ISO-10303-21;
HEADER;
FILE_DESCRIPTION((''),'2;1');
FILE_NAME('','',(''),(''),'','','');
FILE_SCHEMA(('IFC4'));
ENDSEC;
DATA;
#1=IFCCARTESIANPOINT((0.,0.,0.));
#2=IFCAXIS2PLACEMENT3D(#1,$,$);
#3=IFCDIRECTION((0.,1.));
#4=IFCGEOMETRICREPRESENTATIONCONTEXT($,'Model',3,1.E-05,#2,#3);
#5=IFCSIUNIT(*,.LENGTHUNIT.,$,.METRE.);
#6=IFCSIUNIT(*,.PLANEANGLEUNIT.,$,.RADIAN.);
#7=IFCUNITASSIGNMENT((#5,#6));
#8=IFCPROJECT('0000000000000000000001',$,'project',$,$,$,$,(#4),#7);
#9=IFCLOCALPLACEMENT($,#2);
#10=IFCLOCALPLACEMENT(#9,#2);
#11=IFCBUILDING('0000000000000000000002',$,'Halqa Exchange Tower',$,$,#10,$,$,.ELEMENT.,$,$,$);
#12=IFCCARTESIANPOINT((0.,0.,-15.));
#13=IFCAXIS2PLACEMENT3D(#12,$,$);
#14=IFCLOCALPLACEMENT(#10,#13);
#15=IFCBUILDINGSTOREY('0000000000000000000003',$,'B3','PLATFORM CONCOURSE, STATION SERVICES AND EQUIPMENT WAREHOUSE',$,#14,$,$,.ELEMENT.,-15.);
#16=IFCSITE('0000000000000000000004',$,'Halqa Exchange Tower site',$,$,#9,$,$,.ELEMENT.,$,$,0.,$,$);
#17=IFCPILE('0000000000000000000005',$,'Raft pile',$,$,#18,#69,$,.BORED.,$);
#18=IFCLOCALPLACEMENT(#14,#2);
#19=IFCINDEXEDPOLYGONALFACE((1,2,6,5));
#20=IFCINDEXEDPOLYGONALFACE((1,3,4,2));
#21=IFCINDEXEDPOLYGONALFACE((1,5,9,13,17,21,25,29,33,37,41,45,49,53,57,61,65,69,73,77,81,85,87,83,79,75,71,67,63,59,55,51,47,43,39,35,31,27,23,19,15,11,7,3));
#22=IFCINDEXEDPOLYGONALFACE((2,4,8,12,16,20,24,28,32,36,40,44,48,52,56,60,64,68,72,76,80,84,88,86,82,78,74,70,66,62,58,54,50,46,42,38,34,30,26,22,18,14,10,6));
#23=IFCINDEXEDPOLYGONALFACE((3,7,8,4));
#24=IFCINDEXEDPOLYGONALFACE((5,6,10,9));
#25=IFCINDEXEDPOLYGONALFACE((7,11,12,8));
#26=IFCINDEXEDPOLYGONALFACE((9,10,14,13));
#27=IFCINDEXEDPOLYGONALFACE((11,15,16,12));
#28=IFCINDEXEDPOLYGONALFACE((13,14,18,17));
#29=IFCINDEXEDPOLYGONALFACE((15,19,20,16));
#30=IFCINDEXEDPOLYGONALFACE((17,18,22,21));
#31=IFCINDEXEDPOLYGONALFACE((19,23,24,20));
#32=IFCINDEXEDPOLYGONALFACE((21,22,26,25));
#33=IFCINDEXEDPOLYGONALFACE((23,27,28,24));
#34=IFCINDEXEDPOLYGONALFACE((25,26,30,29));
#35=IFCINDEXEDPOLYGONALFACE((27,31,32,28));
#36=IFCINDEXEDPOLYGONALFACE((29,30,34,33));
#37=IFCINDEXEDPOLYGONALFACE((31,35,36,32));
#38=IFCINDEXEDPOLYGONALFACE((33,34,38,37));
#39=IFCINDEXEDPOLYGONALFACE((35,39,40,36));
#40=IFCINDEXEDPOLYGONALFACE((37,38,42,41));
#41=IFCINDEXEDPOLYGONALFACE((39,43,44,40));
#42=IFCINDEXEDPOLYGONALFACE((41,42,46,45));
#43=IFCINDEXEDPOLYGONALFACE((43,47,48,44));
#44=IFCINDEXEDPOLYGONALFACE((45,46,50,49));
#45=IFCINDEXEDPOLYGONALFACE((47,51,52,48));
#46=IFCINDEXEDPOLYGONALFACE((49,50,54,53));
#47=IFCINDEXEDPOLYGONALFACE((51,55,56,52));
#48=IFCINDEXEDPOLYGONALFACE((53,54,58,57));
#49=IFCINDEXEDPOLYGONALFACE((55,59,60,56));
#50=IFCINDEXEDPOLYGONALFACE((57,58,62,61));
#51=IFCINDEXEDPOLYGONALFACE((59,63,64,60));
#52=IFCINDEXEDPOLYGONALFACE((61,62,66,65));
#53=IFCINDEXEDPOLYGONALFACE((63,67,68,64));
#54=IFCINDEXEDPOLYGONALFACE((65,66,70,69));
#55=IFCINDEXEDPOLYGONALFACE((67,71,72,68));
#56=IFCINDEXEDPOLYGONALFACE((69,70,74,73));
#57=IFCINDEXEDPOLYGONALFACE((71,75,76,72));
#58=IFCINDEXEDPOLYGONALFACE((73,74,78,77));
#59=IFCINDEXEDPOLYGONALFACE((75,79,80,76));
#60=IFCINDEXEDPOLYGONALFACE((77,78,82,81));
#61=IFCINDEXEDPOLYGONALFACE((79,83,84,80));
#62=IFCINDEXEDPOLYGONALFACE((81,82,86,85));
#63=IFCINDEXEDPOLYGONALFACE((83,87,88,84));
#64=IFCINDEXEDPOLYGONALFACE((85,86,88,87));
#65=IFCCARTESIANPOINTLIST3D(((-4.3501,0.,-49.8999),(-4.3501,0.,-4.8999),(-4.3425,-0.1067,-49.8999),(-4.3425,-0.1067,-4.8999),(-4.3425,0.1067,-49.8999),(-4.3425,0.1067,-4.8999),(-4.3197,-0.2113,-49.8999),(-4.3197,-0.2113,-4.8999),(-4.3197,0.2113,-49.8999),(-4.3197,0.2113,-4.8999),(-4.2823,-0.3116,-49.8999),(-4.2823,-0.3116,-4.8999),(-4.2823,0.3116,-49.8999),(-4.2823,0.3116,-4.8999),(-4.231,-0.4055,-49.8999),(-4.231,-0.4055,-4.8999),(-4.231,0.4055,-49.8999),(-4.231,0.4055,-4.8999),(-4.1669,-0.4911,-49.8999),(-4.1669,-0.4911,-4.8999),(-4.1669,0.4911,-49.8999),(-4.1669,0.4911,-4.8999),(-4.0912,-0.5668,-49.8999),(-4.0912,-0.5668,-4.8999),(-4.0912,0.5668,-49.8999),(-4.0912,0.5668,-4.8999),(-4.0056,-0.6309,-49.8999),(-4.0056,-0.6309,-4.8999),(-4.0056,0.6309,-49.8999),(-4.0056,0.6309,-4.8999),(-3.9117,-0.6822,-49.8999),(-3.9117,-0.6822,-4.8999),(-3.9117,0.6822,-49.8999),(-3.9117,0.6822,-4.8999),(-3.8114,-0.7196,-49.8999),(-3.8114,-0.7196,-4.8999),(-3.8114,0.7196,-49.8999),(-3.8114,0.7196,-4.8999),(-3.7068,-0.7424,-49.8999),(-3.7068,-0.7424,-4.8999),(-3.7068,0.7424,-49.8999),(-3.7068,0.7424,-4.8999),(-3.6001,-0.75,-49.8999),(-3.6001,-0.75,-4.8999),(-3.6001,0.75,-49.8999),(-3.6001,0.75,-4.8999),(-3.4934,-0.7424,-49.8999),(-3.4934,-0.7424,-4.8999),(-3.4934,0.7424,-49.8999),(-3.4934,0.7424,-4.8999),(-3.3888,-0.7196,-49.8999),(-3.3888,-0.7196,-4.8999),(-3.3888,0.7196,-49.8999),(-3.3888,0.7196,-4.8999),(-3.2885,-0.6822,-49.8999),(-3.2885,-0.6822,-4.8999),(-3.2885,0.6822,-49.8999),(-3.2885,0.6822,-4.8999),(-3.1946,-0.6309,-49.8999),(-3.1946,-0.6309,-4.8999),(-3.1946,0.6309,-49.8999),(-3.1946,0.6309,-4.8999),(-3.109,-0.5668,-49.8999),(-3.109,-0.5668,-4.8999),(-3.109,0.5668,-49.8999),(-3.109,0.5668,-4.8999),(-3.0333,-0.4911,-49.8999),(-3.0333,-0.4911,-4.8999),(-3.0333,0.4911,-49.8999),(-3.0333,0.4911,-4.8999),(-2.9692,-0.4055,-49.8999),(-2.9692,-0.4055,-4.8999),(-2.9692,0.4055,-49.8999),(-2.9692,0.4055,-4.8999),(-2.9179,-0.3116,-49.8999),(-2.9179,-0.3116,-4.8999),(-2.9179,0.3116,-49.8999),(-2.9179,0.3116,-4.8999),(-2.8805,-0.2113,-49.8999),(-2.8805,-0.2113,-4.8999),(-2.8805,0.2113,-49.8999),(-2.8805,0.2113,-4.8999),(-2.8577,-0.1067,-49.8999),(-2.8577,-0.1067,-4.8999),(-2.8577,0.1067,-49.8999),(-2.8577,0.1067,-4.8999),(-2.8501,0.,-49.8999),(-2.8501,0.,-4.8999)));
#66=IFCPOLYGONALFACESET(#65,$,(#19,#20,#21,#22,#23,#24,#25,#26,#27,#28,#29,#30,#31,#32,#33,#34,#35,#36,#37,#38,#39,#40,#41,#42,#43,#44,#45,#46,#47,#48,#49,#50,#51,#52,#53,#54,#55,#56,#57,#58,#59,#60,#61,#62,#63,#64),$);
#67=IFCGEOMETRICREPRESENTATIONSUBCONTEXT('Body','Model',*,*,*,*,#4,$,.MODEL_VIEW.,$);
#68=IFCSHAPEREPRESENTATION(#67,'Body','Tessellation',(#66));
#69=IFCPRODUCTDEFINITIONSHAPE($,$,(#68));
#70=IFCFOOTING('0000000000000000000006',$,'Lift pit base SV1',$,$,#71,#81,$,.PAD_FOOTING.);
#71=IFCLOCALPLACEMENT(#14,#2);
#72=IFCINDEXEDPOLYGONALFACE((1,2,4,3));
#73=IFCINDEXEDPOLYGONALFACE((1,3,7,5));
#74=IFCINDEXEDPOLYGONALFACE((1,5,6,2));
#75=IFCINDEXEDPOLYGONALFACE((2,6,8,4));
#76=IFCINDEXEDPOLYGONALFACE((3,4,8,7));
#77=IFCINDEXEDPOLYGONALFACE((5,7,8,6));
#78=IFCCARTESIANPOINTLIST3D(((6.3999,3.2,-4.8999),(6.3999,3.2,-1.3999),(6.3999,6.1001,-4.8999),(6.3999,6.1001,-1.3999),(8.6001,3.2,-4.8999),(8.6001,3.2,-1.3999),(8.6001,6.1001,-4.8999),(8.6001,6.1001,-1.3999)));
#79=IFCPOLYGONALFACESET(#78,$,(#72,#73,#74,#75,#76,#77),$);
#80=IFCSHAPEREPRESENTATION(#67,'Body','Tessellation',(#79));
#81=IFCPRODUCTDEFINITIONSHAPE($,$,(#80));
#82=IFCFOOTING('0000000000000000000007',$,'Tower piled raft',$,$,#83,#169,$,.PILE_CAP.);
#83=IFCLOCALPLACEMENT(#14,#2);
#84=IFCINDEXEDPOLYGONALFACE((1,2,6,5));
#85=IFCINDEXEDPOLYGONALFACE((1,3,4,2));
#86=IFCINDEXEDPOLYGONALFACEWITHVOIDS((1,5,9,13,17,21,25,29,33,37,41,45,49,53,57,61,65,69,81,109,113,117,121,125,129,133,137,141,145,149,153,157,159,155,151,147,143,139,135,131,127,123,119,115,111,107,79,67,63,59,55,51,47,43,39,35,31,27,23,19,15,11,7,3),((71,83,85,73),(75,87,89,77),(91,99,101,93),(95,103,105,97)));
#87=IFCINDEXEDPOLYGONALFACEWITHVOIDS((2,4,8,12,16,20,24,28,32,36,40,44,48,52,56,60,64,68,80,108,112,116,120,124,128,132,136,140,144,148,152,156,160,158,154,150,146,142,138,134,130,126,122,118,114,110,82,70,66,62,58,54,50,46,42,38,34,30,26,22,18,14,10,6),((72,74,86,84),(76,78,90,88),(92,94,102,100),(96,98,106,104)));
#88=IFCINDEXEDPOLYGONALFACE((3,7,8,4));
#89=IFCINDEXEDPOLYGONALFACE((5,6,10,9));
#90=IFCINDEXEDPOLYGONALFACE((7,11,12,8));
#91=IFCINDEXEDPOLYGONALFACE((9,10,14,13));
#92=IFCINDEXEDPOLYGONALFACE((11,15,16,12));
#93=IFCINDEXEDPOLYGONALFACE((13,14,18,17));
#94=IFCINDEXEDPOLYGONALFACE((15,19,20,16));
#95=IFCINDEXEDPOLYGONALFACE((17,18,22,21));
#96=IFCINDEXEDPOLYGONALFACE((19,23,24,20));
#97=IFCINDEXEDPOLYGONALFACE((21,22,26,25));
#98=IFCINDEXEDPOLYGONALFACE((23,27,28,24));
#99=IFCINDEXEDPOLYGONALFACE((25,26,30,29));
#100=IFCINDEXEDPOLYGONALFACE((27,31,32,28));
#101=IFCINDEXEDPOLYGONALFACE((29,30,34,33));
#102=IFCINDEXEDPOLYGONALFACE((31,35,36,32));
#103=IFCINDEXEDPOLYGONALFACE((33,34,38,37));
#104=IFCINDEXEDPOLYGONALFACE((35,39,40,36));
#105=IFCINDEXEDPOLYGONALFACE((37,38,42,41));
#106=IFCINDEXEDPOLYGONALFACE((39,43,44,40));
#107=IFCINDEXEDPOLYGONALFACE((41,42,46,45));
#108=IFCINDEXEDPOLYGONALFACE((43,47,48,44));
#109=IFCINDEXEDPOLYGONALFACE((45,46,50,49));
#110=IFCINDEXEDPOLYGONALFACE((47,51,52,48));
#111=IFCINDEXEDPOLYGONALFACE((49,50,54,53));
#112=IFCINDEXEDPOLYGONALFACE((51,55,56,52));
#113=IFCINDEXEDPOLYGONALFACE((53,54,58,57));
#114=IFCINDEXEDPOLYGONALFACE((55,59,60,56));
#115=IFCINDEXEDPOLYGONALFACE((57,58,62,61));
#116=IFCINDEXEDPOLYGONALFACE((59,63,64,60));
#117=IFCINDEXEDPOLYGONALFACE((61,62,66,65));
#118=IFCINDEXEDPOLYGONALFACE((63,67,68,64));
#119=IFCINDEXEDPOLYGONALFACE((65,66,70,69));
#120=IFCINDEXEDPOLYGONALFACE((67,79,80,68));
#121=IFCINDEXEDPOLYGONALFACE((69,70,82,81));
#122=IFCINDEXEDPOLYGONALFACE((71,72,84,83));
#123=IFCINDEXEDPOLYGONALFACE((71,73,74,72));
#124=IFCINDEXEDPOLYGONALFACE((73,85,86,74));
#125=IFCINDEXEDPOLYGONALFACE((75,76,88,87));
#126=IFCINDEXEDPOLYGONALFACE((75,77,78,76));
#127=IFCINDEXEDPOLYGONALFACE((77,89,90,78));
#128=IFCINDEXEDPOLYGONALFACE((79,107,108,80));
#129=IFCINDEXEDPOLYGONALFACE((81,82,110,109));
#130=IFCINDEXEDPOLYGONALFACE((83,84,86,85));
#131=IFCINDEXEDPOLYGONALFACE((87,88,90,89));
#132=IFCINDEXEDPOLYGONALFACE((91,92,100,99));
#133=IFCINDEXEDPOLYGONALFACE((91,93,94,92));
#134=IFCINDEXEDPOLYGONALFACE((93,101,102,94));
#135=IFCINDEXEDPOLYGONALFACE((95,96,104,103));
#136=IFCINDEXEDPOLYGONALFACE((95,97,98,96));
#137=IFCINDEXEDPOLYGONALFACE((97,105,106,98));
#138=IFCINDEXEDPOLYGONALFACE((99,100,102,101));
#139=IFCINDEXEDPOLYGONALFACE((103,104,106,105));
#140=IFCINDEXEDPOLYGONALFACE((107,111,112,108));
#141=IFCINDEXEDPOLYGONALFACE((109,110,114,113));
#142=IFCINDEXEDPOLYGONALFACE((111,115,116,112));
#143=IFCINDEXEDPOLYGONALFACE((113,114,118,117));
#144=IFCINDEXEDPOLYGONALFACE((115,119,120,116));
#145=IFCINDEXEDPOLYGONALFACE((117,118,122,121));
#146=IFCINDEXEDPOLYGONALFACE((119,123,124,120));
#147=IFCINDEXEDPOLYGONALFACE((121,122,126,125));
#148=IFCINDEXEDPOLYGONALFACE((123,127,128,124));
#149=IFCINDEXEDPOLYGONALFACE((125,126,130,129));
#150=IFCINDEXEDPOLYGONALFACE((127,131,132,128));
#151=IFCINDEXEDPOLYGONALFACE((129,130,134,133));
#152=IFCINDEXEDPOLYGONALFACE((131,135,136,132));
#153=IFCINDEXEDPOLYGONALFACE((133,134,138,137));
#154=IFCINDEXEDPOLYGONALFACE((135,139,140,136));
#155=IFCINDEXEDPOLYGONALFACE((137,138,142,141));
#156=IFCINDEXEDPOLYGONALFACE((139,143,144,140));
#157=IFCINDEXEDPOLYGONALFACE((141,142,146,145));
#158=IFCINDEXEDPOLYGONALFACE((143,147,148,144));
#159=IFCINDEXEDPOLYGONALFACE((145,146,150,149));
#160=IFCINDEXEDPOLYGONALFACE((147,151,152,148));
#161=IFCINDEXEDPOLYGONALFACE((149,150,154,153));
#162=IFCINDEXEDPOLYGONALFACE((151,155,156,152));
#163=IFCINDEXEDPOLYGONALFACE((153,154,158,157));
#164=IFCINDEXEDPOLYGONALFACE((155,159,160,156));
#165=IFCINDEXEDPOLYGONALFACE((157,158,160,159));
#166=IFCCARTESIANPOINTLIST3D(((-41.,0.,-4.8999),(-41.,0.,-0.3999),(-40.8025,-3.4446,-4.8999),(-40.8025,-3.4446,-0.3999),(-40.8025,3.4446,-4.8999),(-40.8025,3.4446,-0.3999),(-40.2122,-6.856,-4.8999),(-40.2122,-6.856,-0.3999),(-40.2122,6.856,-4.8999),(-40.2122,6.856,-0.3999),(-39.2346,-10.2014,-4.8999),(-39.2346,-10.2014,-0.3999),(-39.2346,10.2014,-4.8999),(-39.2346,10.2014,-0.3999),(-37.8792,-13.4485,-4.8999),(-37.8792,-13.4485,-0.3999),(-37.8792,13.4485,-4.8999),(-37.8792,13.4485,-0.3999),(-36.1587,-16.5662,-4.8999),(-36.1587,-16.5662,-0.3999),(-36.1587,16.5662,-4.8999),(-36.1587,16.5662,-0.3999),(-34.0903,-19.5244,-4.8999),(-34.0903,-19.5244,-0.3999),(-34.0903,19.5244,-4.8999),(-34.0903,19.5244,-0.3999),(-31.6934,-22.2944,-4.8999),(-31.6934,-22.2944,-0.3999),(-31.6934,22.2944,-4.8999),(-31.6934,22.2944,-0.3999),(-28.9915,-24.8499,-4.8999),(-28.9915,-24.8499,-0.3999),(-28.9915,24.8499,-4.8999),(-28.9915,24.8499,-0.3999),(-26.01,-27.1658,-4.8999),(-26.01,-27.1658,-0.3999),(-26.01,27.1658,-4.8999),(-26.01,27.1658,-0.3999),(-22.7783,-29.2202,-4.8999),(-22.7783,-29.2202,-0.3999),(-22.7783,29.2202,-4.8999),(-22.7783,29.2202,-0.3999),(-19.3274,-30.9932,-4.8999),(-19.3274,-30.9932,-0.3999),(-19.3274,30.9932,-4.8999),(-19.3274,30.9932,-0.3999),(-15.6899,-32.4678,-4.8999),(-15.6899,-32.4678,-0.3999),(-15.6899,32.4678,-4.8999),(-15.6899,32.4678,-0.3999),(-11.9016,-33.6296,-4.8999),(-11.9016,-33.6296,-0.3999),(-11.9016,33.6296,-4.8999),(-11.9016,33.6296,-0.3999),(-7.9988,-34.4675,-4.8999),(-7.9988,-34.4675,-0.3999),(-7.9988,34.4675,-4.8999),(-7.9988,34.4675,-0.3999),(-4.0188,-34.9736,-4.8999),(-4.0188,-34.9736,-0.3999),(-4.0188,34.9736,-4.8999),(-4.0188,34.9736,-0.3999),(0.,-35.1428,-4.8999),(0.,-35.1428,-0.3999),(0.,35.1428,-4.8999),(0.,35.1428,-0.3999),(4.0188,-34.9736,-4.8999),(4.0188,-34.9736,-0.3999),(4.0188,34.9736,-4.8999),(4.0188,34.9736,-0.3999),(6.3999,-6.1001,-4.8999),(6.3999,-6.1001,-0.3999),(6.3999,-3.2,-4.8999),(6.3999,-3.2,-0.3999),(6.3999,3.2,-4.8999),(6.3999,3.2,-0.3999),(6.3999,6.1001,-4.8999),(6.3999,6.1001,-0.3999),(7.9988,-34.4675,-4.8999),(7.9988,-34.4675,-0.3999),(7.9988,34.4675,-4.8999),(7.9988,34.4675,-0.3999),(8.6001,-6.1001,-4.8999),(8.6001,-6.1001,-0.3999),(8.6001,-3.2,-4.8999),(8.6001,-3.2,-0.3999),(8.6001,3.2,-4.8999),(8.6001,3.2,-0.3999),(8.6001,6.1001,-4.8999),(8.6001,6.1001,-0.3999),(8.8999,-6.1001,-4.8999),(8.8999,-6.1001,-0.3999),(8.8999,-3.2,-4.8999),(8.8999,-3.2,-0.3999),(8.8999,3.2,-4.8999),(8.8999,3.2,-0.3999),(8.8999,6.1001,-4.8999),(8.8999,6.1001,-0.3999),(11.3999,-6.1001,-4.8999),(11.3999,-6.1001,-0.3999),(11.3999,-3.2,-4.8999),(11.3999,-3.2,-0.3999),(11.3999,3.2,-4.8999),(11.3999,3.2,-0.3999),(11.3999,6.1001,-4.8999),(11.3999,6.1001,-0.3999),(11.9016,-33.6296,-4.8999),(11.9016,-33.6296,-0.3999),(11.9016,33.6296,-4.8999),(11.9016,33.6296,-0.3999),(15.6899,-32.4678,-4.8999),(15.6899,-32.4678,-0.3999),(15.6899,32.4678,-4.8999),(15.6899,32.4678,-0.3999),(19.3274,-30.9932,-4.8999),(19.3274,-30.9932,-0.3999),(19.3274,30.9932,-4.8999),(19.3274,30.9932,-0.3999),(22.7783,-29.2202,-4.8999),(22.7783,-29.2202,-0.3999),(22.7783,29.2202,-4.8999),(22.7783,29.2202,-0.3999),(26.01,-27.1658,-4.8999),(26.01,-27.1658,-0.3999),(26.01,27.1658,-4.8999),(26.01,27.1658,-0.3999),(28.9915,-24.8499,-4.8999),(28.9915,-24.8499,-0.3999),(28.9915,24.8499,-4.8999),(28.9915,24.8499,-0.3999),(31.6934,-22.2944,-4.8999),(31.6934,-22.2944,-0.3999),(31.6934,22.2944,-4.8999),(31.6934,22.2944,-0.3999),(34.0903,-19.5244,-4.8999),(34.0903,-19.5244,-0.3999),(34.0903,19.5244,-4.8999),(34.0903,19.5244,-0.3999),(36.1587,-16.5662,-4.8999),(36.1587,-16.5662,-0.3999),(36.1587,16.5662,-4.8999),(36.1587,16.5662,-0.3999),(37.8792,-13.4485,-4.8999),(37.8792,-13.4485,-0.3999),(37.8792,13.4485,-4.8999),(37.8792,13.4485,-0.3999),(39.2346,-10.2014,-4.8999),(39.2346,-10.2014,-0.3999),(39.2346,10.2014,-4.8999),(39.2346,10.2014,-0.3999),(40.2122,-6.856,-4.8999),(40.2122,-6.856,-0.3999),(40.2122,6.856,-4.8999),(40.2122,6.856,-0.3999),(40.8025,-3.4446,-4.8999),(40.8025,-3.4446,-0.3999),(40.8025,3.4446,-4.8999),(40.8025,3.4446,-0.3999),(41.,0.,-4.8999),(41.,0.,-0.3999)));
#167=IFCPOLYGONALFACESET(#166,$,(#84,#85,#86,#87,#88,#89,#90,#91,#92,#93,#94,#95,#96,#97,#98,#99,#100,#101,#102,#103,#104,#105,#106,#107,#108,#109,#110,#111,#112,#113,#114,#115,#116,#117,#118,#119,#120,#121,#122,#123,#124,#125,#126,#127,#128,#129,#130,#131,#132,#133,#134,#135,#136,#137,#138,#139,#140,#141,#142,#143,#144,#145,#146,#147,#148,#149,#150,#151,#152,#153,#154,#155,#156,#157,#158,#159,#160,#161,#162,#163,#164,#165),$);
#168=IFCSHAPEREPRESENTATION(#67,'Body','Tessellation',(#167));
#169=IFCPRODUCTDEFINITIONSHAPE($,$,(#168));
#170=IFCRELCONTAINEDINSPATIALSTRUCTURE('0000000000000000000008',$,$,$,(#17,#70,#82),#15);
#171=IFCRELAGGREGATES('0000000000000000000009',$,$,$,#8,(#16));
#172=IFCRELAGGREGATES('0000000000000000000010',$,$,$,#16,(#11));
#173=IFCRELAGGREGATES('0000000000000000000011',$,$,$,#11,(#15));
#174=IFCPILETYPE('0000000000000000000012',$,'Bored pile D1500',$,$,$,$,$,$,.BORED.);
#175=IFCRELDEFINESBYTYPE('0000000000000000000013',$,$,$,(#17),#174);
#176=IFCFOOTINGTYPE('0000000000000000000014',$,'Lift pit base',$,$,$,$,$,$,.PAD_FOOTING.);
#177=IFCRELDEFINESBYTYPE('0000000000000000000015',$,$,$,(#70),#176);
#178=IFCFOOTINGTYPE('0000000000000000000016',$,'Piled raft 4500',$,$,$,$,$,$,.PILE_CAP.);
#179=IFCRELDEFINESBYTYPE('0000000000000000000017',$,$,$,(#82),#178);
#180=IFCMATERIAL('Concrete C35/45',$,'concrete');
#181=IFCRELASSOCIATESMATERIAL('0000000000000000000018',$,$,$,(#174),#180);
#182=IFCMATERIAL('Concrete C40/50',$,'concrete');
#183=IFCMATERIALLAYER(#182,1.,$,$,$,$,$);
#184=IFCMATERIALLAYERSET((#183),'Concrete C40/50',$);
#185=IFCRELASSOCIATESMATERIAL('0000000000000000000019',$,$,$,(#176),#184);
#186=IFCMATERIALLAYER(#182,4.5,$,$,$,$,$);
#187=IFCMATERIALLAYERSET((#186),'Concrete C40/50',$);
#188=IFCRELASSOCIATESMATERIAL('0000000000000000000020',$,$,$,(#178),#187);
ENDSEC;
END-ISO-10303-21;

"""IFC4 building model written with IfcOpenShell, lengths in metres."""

from ifc_helpers import new_model, si_unit, direction, frame, origin, origin_2d, place, context, subcontext, project, spatial, polyline, circle, outline, extrude, material, layer, layer_set, material_profile, profile_set, type_object, element, save


model = new_model("IFC4")

# Units and contexts
model_context = context("Model", 3, precision=1e-05, world=origin(), true_north=direction((0.0, 1.0)))
body_context = subcontext(model_context, "Body", "Model", "MODEL_VIEW")
ifc_project = project(units=[si_unit("LENGTHUNIT", "METRE"), si_unit("PLANEANGLEUNIT", "RADIAN")], contexts=[model_context])

# Site, building, storey
site_placement = place(None, origin())
site = spatial("IfcSite", under=ifc_project, at=site_placement, Name="Halqa Exchange Tower site", CompositionType="ELEMENT", RefElevation=0.0)
building_placement = place(site_placement, origin())
building = spatial("IfcBuilding", under=site, at=building_placement, Name="Halqa Exchange Tower", CompositionType="ELEMENT")
storey_placement = place(building_placement, frame((0.0, 0.0, -15.0)))
storey = spatial("IfcBuildingStorey", under=building, at=storey_placement, Name="B3", Description="PLATFORM CONCOURSE, STATION SERVICES AND EQUIPMENT WAREHOUSE", CompositionType="ELEMENT", Elevation=-15.0)

# Pile
ifc_material_1 = material(Name="Concrete C35/45", Category="concrete")
ifc_material_profile_1 = material_profile(ifc_material_1, circle(Radius=0.75, at=origin_2d()), Name="D1500")
ifc_profile_set_1 = profile_set([ifc_material_profile_1], Name="Concrete C35/45")
pile_type_1 = type_object("IfcPileType", Name="Bored pile D1500", PredefinedType="BORED", material=ifc_profile_set_1)
for number, where, z_axis, x_axis, name in (
    (1, (-3.6001, 0.0, -4.8999), (0.0, 0.0, -1.0), (1.0, 0.0, 0.0), "Raft pile"),
):
    element("IfcPile", number, at=place(storey_placement, frame(where, z_axis=z_axis, x_axis=x_axis)), inside=storey, type_object=pile_type_1, Name=name, PredefinedType="BORED", context=body_context, shape_type="SweptSolid", body=[
        extrude(circle(Radius=0.75, at=origin_2d()), origin(), (0.0, 0.0, 1.0), 45.0),
    ])

# Footings
ifc_material_2 = material(Name="Concrete C40/50", Category="concrete")
ifc_layer_1 = layer(ifc_material_2, 1.0)
ifc_layer_set_1 = layer_set([ifc_layer_1], Name="Concrete C40/50")
footing_type_1 = type_object("IfcFootingType", Name="Lift pit base", PredefinedType="PAD_FOOTING", material=ifc_layer_set_1)
footing_1_placement = place(storey_placement, frame((0.0, 0.0, -4.8999)))
element("IfcFooting", 2, at=footing_1_placement, inside=storey, type_object=footing_type_1, Name="Lift pit base SV1", PredefinedType="PAD_FOOTING", context=body_context, shape_type="SweptSolid", body=[
    extrude(outline(polyline([(6.3999, 3.2), (8.6001, 3.2), (8.6001, 6.1001), (6.3999, 6.1001), (6.3999, 3.2)])), origin(), (0.0, 0.0, 1.0), 3.5),
])
ifc_layer_2 = layer(ifc_material_2, 4.5)
ifc_layer_set_2 = layer_set([ifc_layer_2], Name="Concrete C40/50")
footing_type_2 = type_object("IfcFootingType", Name="Piled raft 4500", PredefinedType="PILE_CAP", material=ifc_layer_set_2)
footing_2_placement = place(storey_placement, frame((0.0, 0.0, -4.8999)))
element("IfcFooting", 3, at=footing_2_placement, inside=storey, type_object=footing_type_2, Name="Tower piled raft", PredefinedType="PILE_CAP", context=body_context, shape_type="SweptSolid", body=[
    extrude(outline(polyline([(41.0, 0.0), (40.8025, 3.4446), (40.2122, 6.856), (39.2346, 10.2014), (37.8792, 13.4485), (36.1587, 16.5662), (34.0903, 19.5244), (31.6934, 22.2944), (28.9915, 24.8499), (26.01, 27.1658), (22.7783, 29.2202), (19.3274, 30.9932), (15.6899, 32.4678), (11.9016, 33.6296), (7.9988, 34.4675), (4.0188, 34.9736), (0.0, 35.1428), (-4.0188, 34.9736), (-7.9988, 34.4675), (-11.9016, 33.6296), (-15.6899, 32.4678), (-19.3274, 30.9932), (-22.7783, 29.2202), (-26.01, 27.1658), (-28.9915, 24.8499), (-31.6934, 22.2944), (-34.0903, 19.5244), (-36.1587, 16.5662), (-37.8792, 13.4485), (-39.2346, 10.2014), (-40.2122, 6.856), (-40.8025, 3.4446), (-41.0, 0.0), (-40.8025, -3.4446), (-40.2122, -6.856), (-39.2346, -10.2014), (-37.8792, -13.4485), (-36.1587, -16.5662), (-34.0903, -19.5244), (-31.6934, -22.2944), (-28.9915, -24.8499), (-26.01, -27.1658), (-22.7783, -29.2202), (-19.3274, -30.9932), (-15.6899, -32.4678), (-11.9016, -33.6296), (-7.9988, -34.4675), (-4.0188, -34.9736), (0.0, -35.1428), (4.0188, -34.9736), (7.9988, -34.4675), (11.9016, -33.6296), (15.6899, -32.4678), (19.3274, -30.9932), (22.7783, -29.2202), (26.01, -27.1658), (28.9915, -24.8499), (31.6934, -22.2944), (34.0903, -19.5244), (36.1587, -16.5662), (37.8792, -13.4485), (39.2346, -10.2014), (40.2122, -6.856), (40.8025, -3.4446), (41.0, 0.0)]), holes=[polyline([(6.3999, 3.2), (8.6001, 3.2), (8.6001, 6.1001), (6.3999, 6.1001), (6.3999, 3.2)]), polyline([(8.8999, 3.2), (11.3999, 3.2), (11.3999, 6.1001), (8.8999, 6.1001), (8.8999, 3.2)]), polyline([(6.3999, -6.1001), (8.6001, -6.1001), (8.6001, -3.2), (6.3999, -3.2), (6.3999, -6.1001)]), polyline([(8.8999, -6.1001), (11.3999, -6.1001), (11.3999, -3.2), (8.8999, -3.2), (8.8999, -6.1001)])]), origin(), (0.0, 0.0, 1.0), 4.5),
])

save(model, "model.ifc")
